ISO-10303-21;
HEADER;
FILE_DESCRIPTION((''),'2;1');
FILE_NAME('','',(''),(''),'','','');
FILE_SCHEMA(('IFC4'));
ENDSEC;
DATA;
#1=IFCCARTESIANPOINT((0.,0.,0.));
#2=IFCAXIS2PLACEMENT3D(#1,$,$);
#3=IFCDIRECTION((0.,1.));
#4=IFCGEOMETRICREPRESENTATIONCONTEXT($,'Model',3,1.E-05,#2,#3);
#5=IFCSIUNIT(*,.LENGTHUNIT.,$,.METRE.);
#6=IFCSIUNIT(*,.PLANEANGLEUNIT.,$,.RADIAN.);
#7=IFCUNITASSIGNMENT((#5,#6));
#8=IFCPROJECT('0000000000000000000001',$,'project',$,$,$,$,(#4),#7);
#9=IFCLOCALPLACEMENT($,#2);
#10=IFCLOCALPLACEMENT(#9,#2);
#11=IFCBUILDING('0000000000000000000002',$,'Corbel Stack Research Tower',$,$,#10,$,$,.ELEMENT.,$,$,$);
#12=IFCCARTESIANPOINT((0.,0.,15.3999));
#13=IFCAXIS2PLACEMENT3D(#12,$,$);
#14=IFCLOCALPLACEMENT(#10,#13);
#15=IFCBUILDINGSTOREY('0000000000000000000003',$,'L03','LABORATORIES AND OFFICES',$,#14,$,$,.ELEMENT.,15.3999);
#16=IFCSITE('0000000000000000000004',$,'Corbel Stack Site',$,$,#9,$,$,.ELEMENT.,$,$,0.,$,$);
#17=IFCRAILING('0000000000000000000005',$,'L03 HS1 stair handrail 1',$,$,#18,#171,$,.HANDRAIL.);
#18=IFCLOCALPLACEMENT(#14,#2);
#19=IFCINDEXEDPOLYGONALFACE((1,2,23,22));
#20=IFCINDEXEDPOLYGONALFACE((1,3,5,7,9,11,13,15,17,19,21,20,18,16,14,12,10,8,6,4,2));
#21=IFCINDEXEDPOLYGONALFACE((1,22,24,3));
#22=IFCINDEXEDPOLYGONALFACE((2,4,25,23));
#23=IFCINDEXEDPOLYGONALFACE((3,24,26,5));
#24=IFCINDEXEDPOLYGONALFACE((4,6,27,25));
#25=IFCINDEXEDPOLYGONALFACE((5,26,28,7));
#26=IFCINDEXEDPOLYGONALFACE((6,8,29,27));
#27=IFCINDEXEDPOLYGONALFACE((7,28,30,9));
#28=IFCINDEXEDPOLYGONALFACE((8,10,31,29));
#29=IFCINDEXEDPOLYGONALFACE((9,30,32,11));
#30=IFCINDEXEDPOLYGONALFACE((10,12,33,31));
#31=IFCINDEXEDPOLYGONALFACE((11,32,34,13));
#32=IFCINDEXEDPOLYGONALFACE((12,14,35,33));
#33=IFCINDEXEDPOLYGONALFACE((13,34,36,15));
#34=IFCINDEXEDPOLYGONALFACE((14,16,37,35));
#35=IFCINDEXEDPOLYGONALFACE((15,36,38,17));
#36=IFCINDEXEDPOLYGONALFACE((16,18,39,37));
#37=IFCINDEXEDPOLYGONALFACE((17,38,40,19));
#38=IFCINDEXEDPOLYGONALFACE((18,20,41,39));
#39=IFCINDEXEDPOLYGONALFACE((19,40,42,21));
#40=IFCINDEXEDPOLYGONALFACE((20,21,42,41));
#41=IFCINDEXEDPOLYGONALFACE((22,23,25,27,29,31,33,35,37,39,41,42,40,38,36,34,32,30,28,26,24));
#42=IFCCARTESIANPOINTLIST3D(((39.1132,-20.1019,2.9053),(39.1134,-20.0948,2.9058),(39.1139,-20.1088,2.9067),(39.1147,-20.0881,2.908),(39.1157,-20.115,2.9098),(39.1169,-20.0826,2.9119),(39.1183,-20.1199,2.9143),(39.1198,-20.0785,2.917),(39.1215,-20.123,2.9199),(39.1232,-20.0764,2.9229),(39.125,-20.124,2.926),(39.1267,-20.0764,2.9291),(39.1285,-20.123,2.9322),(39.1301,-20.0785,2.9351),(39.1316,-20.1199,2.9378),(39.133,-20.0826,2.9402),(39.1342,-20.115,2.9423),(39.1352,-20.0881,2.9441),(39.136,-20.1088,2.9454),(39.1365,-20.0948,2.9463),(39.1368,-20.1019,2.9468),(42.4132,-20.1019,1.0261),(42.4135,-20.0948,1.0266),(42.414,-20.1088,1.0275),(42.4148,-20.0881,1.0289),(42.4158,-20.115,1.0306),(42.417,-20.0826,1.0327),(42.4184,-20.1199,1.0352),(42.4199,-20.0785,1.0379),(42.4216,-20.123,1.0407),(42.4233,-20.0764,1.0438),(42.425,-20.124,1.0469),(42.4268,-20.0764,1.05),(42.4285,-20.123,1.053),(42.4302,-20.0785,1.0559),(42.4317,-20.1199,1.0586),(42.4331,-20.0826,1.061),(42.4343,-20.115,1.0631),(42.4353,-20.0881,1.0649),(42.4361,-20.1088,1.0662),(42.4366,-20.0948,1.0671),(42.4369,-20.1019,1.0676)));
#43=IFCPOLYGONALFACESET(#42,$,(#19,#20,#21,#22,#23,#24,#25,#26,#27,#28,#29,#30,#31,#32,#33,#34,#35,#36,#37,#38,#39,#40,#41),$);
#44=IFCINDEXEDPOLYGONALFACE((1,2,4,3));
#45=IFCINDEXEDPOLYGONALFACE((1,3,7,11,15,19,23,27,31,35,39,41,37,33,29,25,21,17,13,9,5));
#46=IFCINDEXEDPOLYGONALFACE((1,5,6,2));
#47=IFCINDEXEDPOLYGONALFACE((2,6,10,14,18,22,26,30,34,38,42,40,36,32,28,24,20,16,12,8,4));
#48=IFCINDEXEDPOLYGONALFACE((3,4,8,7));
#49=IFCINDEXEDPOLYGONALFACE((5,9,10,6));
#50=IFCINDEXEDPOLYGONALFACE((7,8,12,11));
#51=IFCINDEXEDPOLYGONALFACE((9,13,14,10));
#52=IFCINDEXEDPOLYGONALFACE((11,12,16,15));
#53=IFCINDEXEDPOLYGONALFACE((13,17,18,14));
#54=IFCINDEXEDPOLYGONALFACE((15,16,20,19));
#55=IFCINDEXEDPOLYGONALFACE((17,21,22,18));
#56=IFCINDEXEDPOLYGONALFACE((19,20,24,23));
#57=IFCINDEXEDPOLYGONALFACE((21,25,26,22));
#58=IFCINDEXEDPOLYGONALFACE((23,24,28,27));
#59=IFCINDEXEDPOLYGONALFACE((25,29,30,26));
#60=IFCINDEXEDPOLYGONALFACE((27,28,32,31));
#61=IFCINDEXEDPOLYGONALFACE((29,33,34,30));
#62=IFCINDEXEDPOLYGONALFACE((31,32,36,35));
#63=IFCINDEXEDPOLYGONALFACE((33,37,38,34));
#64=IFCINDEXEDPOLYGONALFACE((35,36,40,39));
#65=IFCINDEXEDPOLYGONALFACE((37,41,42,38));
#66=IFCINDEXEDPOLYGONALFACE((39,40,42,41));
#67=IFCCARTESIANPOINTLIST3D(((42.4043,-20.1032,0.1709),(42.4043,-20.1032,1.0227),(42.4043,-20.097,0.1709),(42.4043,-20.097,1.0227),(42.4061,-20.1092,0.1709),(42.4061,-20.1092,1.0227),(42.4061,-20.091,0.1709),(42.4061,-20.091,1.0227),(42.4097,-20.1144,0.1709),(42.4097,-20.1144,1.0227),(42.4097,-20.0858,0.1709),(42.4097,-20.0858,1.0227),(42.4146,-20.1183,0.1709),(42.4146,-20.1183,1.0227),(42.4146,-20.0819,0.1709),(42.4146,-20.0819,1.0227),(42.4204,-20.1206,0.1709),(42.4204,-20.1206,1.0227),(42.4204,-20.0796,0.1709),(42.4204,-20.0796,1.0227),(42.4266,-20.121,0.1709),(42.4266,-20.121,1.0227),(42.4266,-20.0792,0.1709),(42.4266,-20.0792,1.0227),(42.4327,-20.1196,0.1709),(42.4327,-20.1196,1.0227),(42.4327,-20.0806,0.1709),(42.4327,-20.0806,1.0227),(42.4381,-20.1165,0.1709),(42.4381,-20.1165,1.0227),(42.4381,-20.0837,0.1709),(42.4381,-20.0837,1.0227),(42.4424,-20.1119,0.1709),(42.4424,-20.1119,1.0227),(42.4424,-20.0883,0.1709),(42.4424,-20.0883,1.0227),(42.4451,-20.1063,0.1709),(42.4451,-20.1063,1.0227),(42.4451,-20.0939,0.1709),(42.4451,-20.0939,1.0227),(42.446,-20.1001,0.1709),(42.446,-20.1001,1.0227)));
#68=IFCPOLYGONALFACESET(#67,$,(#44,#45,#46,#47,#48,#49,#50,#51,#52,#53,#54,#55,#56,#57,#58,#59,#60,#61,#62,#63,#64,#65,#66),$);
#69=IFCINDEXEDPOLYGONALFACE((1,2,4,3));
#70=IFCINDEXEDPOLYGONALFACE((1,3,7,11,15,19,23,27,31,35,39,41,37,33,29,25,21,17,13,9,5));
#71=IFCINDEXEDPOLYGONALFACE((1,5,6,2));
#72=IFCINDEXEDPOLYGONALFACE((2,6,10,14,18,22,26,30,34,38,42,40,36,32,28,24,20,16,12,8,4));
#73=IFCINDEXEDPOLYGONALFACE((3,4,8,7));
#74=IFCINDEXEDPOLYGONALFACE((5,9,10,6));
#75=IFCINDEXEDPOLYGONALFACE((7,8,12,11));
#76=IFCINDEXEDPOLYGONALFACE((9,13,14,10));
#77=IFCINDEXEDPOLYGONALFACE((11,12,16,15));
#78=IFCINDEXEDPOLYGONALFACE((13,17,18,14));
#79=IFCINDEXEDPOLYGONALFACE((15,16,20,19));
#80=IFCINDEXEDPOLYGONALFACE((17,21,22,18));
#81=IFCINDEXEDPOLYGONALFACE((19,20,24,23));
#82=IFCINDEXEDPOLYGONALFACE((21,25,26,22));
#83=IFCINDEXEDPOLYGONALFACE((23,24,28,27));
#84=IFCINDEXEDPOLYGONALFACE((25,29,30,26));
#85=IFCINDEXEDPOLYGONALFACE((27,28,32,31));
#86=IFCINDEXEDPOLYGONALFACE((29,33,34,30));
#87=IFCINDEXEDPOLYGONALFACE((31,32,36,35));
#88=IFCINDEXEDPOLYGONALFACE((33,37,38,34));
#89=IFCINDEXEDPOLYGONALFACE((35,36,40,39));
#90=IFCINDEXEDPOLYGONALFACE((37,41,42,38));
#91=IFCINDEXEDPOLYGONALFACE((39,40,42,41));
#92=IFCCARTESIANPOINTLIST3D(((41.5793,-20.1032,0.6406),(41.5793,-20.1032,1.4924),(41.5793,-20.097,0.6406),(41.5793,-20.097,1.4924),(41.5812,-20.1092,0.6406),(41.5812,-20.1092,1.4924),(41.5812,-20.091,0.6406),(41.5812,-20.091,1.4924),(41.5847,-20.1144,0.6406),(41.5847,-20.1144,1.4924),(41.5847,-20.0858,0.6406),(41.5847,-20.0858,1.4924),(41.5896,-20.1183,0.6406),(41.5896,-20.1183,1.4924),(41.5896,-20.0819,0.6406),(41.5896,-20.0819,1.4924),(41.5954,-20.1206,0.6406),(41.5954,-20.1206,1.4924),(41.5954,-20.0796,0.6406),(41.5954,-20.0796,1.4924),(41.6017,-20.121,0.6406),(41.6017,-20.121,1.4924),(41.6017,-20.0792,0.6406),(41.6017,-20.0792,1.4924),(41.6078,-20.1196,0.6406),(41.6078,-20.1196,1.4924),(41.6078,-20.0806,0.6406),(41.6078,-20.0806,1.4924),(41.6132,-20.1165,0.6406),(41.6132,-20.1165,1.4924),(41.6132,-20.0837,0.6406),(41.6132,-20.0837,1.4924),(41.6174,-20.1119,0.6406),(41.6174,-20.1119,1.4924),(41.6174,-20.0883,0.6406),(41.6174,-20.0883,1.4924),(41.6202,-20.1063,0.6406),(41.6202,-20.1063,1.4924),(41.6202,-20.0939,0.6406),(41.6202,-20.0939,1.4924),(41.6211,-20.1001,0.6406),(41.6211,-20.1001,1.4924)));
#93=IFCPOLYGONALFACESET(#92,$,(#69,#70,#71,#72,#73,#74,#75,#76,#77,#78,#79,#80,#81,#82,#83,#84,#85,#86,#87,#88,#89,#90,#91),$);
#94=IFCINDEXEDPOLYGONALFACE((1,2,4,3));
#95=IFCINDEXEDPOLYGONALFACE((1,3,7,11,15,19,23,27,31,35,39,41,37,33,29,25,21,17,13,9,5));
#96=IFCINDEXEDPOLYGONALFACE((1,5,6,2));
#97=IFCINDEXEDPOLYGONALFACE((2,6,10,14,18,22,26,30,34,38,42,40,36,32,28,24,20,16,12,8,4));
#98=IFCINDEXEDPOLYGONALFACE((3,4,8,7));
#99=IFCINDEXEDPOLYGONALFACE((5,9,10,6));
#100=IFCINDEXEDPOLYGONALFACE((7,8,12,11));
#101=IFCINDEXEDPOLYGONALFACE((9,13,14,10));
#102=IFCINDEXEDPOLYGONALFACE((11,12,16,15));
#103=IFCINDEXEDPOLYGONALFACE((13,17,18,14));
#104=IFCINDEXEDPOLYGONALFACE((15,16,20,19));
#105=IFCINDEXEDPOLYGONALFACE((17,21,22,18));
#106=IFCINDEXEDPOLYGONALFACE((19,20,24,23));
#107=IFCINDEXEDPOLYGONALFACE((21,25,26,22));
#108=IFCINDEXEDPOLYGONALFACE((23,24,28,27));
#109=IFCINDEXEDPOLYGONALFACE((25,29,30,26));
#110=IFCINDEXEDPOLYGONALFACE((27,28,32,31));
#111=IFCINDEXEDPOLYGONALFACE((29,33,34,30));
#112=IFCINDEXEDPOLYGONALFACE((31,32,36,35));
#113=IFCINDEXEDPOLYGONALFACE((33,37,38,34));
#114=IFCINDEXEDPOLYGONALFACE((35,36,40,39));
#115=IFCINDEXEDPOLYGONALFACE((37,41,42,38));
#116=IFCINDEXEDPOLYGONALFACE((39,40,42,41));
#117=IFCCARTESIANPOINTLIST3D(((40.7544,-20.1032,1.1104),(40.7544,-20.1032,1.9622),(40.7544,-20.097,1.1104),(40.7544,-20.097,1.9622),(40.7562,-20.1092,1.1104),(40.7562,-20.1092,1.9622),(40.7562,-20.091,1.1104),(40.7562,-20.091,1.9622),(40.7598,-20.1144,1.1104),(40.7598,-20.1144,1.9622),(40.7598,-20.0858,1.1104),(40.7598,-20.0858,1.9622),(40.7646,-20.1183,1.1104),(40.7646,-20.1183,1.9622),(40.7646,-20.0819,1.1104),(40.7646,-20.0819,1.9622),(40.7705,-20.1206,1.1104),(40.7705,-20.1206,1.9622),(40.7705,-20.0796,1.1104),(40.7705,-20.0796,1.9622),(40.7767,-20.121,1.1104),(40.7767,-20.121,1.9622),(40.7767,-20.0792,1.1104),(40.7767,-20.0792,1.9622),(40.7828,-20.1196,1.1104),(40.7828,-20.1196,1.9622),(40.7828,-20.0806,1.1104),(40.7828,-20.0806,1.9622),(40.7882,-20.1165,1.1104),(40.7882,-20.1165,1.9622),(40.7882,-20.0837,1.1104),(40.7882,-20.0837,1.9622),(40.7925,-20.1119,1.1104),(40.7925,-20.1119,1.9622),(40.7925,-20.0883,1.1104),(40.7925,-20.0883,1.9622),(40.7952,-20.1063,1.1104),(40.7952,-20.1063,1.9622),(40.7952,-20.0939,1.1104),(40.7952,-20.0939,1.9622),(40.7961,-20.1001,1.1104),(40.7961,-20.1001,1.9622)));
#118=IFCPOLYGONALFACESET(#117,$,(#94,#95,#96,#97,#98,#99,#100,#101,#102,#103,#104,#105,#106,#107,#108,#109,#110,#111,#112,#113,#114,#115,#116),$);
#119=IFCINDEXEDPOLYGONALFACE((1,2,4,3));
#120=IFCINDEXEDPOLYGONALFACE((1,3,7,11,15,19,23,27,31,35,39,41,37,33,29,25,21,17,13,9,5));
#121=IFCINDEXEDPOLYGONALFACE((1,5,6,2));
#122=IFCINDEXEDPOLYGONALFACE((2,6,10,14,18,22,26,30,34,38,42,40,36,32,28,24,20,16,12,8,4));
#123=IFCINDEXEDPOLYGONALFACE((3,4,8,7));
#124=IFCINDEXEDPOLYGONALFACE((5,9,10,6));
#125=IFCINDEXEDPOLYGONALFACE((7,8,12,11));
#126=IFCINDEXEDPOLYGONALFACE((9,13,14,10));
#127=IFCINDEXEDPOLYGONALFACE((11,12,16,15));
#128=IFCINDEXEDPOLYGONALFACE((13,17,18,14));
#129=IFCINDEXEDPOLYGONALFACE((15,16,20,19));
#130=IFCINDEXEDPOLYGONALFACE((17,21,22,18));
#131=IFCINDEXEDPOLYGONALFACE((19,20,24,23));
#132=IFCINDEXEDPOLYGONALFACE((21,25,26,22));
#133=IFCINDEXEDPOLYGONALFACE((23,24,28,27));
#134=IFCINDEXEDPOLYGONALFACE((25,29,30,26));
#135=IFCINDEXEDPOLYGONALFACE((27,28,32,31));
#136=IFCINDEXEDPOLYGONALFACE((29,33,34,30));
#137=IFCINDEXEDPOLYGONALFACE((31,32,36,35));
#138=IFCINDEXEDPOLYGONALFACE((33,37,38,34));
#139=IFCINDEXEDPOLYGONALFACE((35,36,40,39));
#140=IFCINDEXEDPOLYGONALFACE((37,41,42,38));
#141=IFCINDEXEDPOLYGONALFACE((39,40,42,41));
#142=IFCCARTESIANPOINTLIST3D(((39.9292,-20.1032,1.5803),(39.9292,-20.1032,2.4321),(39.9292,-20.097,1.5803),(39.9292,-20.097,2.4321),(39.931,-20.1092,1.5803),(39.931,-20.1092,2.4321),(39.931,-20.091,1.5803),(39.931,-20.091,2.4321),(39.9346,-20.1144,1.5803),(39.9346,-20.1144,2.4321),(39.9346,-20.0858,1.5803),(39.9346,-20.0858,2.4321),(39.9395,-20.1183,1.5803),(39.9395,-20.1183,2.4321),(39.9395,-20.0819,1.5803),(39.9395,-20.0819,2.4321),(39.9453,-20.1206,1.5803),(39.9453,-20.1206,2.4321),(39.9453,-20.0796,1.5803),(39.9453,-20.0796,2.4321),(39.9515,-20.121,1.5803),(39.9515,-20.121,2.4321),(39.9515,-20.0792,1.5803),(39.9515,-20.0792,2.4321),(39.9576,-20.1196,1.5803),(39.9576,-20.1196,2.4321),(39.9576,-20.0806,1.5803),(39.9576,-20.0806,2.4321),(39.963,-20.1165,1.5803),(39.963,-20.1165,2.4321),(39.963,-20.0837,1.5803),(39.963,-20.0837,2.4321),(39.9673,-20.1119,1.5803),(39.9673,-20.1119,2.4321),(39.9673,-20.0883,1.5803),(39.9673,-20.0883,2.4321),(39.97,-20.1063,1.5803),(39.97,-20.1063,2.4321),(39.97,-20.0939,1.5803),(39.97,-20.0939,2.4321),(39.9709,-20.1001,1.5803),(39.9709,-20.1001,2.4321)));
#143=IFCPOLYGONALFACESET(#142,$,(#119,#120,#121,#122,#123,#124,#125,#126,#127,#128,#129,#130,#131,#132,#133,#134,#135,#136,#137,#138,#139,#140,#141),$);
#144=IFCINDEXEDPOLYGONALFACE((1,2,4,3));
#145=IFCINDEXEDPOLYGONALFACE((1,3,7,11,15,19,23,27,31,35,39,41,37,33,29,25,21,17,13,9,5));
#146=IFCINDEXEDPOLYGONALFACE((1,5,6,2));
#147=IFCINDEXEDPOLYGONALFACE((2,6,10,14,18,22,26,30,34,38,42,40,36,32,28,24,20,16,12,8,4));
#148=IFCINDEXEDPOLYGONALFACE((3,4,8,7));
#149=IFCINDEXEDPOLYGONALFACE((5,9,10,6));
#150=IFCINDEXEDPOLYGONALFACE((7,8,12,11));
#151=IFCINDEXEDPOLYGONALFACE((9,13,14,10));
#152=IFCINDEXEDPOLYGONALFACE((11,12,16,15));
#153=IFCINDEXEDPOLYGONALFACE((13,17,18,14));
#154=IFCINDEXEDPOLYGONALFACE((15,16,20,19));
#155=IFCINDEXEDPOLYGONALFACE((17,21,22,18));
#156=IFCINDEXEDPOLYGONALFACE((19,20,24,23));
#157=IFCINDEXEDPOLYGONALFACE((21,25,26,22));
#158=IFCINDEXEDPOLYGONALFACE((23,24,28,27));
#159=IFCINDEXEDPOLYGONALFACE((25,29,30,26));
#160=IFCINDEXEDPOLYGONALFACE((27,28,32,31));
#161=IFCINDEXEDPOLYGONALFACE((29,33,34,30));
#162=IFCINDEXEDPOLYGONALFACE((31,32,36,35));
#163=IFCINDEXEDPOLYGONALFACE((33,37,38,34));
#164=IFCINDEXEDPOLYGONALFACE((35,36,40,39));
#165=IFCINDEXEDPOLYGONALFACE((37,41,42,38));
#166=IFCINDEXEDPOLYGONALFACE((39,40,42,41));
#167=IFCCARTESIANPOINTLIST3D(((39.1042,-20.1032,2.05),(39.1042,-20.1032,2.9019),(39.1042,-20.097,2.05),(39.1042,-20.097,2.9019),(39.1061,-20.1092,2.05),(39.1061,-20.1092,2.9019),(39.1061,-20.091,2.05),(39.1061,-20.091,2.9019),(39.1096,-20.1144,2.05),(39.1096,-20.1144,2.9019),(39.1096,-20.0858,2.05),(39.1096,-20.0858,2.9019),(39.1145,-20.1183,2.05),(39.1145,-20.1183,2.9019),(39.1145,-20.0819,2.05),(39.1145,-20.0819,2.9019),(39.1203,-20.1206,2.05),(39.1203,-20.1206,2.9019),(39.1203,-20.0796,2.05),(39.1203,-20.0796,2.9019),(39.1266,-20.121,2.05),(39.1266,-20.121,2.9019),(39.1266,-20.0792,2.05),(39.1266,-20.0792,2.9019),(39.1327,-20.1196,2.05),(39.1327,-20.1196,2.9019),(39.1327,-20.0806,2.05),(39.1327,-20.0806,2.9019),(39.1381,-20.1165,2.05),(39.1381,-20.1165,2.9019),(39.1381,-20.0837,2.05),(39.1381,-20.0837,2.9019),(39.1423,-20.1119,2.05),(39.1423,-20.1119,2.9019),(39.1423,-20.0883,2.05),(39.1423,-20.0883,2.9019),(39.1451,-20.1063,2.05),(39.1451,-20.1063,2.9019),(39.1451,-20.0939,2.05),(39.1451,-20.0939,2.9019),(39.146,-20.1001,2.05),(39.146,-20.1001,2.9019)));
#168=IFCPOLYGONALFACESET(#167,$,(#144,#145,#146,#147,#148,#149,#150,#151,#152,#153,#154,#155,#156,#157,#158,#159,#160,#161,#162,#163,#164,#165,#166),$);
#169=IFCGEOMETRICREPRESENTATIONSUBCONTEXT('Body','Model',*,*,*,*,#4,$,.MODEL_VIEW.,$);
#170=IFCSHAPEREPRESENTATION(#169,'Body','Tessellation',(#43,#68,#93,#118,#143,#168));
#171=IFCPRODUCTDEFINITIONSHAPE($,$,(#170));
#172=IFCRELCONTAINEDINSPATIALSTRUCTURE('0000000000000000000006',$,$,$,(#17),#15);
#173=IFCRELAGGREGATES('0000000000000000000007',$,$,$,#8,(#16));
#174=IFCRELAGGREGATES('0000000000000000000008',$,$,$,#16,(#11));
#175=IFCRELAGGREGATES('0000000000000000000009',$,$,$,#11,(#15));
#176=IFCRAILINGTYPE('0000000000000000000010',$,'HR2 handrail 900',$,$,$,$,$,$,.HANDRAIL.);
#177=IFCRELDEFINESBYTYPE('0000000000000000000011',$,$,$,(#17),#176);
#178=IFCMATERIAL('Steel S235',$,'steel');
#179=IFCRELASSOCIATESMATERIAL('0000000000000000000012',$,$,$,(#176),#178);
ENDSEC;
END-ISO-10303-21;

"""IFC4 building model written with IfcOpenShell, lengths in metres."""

from ifc_helpers import new_model, si_unit, direction, frame, origin, origin_2d, place, context, subcontext, project, spatial, circle, extrude, material, type_object, element, save


model = new_model("IFC4")

# Units and contexts
model_context = context("Model", 3, precision=1e-05, world=origin(), true_north=direction((0.0, 1.0)))
body_context = subcontext(model_context, "Body", "Model", "MODEL_VIEW")
ifc_project = project(units=[si_unit("LENGTHUNIT", "METRE"), si_unit("PLANEANGLEUNIT", "RADIAN")], contexts=[model_context])

# Site, building, storey
site_placement = place(None, origin())
site = spatial("IfcSite", under=ifc_project, at=site_placement, Name="Corbel Stack Site", CompositionType="ELEMENT", RefElevation=0.0)
building_placement = place(site_placement, origin())
building = spatial("IfcBuilding", under=site, at=building_placement, Name="Corbel Stack Research Tower", CompositionType="ELEMENT")
storey_placement = place(building_placement, frame((0.0, 0.0, 15.3999)))
storey = spatial("IfcBuildingStorey", under=building, at=storey_placement, Name="L03", Description="LABORATORIES AND OFFICES", CompositionType="ELEMENT", Elevation=15.3999)

# Railing
ifc_material_1 = material(Name="Steel S235", Category="steel")
railing_type_1 = type_object("IfcRailingType", Name="HR2 handrail 900", PredefinedType="HANDRAIL", material=ifc_material_1)
railing_1_placement = place(storey_placement, frame((42.425, -20.1001, 0.1709)))
element("IfcRailing", 1, at=railing_1_placement, inside=storey, type_object=railing_type_1, Name="L03 HS1 stair handrail 1", PredefinedType="HANDRAIL", context=body_context, shape_type="SweptSolid", body=[
    extrude(circle(Radius=0.0239, at=origin_2d()), frame((0.0, 0.0, 0.876), z_axis=(-0.86899, 0.0, 0.49483), x_axis=(0.0, -1.0, 0.0)), (0.0, 0.0, 1.0), 3.7976),
    extrude(circle(Radius=0.021, at=origin_2d()), origin(), (0.0, 0.0, 1.0), 0.8518),
    extrude(circle(Radius=0.021, at=origin_2d()), frame((-0.825, 0.0, 0.4697)), (0.0, 0.0, 1.0), 0.8518),
    extrude(circle(Radius=0.021, at=origin_2d()), frame((-1.6499, 0.0, 0.9395)), (0.0, 0.0, 1.0), 0.8518),
    extrude(circle(Radius=0.021, at=origin_2d()), frame((-2.4751, 0.0, 1.4094)), (0.0, 0.0, 1.0), 0.8518),
    extrude(circle(Radius=0.021, at=origin_2d()), frame((-3.3, 0.0, 1.8792)), (0.0, 0.0, 1.0), 0.8518),
])

save(model, "model.ifc")
